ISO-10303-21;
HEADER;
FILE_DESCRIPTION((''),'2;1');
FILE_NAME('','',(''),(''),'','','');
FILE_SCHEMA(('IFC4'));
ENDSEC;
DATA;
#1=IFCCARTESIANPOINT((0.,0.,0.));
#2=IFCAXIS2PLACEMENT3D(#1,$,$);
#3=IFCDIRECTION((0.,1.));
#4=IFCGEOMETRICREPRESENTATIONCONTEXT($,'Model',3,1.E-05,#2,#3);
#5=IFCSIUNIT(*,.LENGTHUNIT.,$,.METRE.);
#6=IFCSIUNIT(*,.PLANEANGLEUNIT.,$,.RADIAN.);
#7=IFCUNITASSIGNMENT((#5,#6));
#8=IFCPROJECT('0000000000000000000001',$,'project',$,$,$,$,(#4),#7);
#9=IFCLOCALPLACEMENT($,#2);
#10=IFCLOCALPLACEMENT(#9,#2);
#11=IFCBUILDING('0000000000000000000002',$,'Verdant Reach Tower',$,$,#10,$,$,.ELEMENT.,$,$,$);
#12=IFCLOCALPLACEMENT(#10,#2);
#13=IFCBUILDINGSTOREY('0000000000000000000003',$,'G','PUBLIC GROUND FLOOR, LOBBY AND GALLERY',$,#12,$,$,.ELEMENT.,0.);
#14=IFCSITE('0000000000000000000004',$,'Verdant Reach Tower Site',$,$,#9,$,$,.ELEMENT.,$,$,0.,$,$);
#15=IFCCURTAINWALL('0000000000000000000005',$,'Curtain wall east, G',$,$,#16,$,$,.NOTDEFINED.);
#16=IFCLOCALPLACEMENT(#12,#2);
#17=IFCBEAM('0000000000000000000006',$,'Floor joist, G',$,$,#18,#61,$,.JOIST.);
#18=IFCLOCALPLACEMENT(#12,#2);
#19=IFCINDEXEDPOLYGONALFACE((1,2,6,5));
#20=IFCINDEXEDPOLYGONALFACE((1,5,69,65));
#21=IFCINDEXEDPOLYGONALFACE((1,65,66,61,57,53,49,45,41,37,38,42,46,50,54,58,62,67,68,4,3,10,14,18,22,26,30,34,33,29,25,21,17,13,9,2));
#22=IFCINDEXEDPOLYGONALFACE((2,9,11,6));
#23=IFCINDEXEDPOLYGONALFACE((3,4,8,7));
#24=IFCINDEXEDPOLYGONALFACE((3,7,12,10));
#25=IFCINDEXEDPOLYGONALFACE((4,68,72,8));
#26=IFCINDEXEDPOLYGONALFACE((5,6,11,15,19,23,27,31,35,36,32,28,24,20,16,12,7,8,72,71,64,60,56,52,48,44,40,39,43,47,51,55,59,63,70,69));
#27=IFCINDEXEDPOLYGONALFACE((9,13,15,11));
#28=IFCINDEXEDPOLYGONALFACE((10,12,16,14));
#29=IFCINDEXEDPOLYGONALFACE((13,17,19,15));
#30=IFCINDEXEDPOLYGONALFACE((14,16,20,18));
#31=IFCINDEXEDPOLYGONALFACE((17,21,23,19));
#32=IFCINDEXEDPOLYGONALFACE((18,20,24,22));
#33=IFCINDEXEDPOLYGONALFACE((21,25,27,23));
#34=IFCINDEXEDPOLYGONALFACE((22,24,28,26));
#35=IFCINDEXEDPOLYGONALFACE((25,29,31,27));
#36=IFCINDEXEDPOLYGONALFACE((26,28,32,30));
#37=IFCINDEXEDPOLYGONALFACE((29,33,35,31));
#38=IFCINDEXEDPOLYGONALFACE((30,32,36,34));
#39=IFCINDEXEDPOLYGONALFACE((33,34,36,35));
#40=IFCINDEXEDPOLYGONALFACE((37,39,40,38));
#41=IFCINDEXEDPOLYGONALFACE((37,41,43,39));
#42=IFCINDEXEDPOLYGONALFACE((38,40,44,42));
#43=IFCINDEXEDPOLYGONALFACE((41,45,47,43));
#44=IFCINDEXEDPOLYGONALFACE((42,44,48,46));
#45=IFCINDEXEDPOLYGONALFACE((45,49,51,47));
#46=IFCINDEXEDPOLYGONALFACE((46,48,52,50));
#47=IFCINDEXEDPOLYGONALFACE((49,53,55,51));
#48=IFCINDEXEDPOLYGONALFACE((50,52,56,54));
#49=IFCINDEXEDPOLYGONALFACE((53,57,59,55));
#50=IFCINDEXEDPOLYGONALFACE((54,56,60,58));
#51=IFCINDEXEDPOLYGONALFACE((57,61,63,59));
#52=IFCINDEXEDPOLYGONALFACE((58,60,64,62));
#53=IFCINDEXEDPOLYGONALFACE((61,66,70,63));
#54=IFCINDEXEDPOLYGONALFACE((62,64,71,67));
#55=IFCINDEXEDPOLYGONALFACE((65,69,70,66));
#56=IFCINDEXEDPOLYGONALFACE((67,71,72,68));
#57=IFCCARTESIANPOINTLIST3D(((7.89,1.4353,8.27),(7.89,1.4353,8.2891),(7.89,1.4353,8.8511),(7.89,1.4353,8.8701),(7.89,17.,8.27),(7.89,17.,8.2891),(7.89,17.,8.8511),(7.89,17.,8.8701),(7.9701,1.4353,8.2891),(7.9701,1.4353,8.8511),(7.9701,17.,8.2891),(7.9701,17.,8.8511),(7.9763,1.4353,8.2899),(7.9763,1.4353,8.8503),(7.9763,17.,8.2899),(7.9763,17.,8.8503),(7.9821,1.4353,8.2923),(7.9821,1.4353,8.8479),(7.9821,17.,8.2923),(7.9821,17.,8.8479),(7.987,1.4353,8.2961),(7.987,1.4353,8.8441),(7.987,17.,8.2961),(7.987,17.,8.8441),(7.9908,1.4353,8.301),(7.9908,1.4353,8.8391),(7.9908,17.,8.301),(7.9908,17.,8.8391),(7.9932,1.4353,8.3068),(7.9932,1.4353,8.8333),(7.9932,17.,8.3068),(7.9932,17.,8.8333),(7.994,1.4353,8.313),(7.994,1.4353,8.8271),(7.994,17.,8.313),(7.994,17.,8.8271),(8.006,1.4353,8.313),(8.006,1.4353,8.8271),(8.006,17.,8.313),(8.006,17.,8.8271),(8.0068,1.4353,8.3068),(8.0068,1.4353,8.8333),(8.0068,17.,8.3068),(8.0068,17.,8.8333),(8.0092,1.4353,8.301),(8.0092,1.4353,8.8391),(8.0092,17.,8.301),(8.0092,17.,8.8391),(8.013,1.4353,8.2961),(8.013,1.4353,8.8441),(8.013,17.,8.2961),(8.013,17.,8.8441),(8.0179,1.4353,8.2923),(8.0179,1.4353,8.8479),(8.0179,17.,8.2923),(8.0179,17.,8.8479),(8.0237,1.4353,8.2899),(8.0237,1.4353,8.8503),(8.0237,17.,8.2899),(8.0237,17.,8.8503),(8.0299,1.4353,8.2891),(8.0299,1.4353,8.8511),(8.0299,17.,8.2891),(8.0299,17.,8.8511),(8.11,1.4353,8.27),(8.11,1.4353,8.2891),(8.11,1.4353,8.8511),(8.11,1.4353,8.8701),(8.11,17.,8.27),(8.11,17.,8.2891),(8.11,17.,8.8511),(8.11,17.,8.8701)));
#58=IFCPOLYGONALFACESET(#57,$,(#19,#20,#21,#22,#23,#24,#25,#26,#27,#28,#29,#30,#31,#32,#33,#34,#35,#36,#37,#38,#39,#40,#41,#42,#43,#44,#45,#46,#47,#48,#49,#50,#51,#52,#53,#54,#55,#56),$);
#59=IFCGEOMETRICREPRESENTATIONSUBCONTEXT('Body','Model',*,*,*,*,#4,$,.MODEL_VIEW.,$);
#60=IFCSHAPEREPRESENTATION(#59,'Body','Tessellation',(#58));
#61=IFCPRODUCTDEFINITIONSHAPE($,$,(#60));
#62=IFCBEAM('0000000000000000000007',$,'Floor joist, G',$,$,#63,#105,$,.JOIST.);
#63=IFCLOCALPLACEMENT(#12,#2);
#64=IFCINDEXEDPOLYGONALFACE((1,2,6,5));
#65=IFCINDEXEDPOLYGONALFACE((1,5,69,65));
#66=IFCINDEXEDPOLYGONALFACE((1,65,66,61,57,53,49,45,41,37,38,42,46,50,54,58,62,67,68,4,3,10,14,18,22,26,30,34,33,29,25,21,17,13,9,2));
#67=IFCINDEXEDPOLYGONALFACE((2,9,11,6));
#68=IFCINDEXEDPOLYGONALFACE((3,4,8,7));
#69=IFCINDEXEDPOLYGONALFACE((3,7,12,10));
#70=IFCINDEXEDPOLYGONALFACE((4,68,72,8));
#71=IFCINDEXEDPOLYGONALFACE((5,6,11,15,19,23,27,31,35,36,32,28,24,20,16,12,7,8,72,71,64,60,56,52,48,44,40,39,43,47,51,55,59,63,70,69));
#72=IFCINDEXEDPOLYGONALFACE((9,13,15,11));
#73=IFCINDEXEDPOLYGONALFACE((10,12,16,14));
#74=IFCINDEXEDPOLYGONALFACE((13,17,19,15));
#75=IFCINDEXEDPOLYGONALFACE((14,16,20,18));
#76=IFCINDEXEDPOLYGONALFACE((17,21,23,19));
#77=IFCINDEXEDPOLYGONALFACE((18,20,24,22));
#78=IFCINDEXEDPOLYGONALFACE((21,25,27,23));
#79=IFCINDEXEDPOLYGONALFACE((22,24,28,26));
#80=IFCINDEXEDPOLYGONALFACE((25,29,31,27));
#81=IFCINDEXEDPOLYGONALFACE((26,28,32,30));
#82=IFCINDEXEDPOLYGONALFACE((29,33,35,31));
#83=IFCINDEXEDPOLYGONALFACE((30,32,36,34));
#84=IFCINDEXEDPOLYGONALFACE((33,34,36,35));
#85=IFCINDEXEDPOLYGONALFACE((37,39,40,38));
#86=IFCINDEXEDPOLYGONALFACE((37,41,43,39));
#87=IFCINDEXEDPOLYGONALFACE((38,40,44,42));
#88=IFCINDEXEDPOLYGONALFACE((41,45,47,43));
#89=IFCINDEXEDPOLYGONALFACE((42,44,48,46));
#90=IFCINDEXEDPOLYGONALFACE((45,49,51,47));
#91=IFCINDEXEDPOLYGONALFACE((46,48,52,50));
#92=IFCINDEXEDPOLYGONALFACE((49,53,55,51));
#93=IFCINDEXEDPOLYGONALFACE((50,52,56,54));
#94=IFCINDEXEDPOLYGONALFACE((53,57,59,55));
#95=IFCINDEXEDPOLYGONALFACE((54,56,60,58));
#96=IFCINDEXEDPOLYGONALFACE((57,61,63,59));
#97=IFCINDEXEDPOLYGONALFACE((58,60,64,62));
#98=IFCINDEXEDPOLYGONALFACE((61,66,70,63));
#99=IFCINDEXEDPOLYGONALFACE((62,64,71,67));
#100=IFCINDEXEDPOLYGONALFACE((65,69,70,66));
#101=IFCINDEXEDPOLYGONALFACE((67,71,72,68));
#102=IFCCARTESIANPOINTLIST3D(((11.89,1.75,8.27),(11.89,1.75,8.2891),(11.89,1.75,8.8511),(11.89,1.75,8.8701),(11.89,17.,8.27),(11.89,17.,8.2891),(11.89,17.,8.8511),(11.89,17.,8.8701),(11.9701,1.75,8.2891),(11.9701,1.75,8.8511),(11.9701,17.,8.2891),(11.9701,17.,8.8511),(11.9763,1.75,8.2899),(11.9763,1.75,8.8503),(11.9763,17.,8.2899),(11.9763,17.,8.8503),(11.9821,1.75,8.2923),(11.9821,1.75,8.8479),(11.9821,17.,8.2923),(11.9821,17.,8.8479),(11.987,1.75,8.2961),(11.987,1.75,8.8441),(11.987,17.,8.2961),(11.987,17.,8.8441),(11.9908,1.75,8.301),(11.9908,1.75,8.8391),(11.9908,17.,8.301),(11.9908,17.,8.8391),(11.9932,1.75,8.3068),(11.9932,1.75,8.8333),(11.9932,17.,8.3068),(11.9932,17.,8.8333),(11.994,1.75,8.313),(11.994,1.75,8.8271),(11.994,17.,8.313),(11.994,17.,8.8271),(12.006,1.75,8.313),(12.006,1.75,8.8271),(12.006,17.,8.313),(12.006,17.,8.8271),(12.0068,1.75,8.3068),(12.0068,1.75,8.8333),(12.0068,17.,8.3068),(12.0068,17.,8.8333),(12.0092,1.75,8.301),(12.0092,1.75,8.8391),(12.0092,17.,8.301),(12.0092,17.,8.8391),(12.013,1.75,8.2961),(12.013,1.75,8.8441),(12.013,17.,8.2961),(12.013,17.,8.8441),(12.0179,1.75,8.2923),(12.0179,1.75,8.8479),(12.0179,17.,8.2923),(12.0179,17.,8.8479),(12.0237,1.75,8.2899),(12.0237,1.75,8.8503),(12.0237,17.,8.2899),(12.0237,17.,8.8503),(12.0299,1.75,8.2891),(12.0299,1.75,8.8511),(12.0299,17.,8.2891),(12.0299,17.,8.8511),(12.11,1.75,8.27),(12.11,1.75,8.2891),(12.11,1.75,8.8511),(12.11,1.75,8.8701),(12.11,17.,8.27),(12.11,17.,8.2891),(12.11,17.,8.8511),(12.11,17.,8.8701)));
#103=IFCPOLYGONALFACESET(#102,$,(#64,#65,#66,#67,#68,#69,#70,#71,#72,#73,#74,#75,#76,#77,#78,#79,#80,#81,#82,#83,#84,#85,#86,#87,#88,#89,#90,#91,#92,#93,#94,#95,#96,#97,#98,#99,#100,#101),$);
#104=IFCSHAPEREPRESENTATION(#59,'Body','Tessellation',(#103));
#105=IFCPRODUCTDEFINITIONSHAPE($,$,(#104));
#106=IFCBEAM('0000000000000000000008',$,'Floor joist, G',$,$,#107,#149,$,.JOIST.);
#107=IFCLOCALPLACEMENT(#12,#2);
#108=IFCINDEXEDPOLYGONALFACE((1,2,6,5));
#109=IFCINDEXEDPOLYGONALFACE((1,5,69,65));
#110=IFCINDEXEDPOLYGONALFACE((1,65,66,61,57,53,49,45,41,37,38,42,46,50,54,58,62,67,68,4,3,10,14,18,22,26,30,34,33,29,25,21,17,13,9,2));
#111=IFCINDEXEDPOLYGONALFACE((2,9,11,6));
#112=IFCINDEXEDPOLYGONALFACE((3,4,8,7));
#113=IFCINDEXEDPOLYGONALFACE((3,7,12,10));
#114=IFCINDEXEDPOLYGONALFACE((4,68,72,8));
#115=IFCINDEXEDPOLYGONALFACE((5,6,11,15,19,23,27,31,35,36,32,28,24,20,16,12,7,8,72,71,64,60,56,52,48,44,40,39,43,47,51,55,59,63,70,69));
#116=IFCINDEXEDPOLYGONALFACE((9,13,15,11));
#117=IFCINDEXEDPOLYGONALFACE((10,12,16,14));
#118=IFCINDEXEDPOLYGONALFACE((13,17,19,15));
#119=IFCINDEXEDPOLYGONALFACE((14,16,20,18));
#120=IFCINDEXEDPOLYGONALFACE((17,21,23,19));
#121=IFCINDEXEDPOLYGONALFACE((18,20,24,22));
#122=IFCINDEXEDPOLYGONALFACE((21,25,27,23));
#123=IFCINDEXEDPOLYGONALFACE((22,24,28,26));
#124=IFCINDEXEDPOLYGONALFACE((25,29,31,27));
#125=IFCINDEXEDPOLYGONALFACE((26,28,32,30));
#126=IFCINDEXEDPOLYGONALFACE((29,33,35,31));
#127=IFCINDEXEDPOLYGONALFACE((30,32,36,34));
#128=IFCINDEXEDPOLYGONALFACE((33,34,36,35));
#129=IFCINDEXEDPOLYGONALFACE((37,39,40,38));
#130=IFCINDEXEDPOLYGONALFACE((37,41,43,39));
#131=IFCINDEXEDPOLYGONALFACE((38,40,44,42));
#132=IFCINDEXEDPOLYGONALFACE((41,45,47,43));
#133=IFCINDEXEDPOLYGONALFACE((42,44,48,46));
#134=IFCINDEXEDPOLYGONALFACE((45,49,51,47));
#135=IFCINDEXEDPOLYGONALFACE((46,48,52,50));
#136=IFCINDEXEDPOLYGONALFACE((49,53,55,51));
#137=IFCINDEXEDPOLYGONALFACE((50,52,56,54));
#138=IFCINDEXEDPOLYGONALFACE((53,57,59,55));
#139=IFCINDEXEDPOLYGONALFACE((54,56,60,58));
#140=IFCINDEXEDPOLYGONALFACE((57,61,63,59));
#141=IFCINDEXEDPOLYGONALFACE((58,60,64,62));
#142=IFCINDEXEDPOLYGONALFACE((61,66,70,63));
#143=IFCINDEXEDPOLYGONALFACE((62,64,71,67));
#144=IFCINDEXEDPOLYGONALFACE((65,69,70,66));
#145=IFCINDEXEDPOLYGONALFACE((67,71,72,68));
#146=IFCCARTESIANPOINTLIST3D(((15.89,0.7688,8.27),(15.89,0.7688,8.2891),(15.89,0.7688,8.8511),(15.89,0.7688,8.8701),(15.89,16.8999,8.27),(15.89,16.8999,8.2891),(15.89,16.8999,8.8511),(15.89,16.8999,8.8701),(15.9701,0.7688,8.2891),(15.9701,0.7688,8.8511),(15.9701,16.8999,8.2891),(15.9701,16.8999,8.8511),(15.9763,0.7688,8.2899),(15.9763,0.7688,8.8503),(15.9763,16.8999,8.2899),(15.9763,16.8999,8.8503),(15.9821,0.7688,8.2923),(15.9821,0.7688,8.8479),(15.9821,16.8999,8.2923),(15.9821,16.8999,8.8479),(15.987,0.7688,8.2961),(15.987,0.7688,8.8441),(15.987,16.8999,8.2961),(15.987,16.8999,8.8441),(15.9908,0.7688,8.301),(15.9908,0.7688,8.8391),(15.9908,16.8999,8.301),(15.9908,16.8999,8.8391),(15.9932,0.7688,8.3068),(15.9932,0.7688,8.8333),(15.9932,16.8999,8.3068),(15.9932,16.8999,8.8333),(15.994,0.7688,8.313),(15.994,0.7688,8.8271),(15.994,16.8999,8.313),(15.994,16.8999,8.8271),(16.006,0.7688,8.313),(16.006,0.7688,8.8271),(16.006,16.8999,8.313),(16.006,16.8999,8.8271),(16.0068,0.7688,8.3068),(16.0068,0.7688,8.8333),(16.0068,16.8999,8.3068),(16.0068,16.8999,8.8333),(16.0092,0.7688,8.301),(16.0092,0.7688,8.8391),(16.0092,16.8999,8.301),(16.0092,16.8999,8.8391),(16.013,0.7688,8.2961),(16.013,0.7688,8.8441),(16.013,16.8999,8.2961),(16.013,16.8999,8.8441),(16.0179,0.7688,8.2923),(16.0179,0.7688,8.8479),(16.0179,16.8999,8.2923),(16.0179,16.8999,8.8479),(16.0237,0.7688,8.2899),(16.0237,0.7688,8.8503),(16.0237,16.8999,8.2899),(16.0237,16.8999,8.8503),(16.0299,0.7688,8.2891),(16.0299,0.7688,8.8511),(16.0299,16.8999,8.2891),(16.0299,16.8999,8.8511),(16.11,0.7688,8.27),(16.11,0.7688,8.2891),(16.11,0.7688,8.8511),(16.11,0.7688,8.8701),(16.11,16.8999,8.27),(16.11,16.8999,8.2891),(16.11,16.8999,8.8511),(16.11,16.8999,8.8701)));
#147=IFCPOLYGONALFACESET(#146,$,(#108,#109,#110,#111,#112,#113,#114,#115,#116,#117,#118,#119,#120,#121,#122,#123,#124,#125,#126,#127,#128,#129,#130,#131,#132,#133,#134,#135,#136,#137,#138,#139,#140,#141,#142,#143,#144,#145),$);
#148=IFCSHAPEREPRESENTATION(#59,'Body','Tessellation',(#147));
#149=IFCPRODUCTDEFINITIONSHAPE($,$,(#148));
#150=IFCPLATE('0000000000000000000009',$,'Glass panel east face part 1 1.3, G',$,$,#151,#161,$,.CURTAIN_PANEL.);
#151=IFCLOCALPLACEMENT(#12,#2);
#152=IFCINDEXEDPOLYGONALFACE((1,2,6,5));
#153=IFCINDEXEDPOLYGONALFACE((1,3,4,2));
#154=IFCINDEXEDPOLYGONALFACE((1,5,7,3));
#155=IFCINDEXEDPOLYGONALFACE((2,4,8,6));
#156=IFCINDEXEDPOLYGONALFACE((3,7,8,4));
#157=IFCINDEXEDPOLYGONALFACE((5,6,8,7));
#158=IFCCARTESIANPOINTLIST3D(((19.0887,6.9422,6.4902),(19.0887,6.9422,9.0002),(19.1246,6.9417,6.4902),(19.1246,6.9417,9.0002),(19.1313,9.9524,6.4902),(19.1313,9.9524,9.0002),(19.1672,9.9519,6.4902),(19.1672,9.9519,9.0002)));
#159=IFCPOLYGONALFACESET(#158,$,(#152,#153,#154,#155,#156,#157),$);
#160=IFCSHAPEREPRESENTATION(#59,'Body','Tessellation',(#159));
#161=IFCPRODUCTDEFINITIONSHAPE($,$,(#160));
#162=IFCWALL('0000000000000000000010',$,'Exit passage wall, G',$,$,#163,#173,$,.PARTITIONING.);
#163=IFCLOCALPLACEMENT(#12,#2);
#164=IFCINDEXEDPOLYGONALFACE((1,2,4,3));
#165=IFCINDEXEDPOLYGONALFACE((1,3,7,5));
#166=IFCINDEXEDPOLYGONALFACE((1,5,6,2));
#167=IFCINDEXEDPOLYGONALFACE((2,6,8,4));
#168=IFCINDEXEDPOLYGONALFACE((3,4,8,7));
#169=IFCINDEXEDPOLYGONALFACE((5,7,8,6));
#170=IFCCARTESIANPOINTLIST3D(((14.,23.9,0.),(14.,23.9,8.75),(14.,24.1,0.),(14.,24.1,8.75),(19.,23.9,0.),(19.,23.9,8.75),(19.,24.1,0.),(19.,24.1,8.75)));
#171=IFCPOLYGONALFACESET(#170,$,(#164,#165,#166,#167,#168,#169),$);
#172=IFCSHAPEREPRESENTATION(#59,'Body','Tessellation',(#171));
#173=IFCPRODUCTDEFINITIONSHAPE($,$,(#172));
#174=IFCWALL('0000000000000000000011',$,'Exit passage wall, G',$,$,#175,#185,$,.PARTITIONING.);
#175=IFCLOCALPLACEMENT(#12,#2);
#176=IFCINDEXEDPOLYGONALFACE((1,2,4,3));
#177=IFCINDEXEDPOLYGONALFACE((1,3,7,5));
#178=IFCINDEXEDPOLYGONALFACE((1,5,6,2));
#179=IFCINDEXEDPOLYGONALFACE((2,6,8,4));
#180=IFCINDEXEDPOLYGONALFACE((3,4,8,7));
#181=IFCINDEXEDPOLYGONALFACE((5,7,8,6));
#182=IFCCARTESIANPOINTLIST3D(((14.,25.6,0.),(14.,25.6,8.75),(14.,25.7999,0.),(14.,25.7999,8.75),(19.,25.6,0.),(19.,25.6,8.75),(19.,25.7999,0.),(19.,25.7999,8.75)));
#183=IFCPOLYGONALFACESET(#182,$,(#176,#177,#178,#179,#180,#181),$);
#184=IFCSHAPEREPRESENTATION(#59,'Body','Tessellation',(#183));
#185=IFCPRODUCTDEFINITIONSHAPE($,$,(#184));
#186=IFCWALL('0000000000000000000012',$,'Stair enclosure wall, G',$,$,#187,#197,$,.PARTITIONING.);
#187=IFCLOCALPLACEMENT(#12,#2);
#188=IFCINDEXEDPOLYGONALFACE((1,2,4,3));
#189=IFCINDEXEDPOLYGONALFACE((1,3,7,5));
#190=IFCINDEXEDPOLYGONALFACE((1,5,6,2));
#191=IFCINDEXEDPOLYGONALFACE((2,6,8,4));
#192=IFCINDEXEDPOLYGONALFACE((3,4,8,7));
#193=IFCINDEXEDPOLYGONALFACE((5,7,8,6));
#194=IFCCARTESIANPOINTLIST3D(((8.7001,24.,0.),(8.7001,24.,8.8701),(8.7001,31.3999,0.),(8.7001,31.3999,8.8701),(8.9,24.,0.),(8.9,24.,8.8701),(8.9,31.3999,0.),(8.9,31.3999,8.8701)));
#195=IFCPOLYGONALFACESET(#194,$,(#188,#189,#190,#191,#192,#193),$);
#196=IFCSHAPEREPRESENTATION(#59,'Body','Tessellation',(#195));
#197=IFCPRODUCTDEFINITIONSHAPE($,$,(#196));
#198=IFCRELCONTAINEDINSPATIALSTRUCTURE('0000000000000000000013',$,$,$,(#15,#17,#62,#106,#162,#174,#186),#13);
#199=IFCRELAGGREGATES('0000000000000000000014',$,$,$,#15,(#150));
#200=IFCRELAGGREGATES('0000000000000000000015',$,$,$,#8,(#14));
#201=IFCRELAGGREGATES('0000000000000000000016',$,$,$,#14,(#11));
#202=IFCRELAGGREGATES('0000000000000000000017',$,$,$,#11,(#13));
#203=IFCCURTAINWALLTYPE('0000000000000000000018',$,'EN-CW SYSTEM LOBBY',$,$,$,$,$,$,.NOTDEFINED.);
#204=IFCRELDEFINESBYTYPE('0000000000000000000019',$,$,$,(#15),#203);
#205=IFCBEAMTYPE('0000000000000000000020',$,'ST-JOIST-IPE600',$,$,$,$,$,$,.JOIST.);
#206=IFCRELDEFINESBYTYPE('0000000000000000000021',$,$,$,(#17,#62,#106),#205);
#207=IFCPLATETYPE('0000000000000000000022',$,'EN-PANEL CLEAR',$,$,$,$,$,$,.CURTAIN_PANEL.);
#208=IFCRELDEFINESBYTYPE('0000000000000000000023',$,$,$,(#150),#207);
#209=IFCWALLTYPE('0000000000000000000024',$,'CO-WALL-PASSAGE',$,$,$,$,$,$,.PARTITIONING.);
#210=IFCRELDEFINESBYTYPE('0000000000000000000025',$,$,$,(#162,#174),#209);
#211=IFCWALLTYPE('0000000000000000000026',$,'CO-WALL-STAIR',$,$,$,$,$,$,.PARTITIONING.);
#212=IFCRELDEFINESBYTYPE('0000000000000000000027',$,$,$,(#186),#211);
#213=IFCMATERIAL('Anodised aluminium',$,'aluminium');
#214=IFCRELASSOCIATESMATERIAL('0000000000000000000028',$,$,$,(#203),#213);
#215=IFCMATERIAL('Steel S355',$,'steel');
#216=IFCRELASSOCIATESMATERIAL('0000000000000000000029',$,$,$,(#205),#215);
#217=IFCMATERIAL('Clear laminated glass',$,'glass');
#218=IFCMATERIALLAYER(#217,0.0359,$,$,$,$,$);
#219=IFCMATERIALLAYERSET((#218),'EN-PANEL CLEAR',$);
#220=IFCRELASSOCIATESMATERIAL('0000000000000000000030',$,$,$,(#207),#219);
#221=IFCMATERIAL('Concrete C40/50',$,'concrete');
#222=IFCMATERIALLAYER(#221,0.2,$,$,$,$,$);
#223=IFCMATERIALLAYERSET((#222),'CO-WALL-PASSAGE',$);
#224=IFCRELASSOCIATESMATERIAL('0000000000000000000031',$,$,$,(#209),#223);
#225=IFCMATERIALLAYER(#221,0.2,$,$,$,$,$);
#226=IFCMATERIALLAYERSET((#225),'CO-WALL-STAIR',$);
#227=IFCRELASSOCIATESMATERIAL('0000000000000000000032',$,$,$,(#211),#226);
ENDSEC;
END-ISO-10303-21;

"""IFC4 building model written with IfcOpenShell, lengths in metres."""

from ifc_helpers import new_model, si_unit, direction, frame, frame_2d, origin, origin_2d, place, context, subcontext, project, spatial, rectangle, i_section, extrude, material, layer, layer_set, material_profile, profile_set, type_object, element, aggregate, save


model = new_model("IFC4")

# Units and contexts
model_context = context("Model", 3, precision=1e-05, world=origin(), true_north=direction((0.0, 1.0)))
body_context = subcontext(model_context, "Body", "Model", "MODEL_VIEW")
ifc_project = project(units=[si_unit("LENGTHUNIT", "METRE"), si_unit("PLANEANGLEUNIT", "RADIAN")], contexts=[model_context])

# Site, building, storey
site_placement = place(None, origin())
site = spatial("IfcSite", under=ifc_project, at=site_placement, Name="Verdant Reach Tower Site", CompositionType="ELEMENT", RefElevation=0.0)
building_placement = place(site_placement, origin())
building = spatial("IfcBuilding", under=site, at=building_placement, Name="Verdant Reach Tower", CompositionType="ELEMENT")
storey_placement = place(building_placement, origin())
storey = spatial("IfcBuildingStorey", under=building, at=storey_placement, Name="G", Description="PUBLIC GROUND FLOOR, LOBBY AND GALLERY", CompositionType="ELEMENT", Elevation=0.0)

# Curtain wall
ifc_material_1 = material(Name="Anodised aluminium", Category="aluminium")
curtain_wall_type = type_object("IfcCurtainWallType", Name="EN-CW SYSTEM LOBBY", PredefinedType="NOTDEFINED", material=ifc_material_1)
curtain_wall_placement = place(storey_placement, origin())
curtain_wall = element("IfcCurtainWall", 1, at=curtain_wall_placement, inside=storey, type_object=curtain_wall_type, Name="Curtain wall east, G", PredefinedType="NOTDEFINED")

# Beams
ifc_material_2 = material(Name="Steel S355", Category="steel")
ifc_material_profile_1 = material_profile(ifc_material_2, i_section(OverallWidth=0.22, OverallDepth=0.6001, WebThickness=0.012, FlangeThickness=0.019, FilletRadius=0.0239, at=origin_2d()), Name="IPE 600")
ifc_profile_set_1 = profile_set([ifc_material_profile_1], Name="Steel S355")
beam_type_1 = type_object("IfcBeamType", Name="ST-JOIST-IPE600", PredefinedType="JOIST", material=ifc_profile_set_1)
beam_1_placement = place(storey_placement, frame((8.0, 17.0, 8.5701), z_axis=(0.0, -1.0, 0.0), x_axis=(1.0, 0.0, 0.0)))
element("IfcBeam", 2, at=beam_1_placement, inside=storey, type_object=beam_type_1, Name="Floor joist, G", PredefinedType="JOIST", context=body_context, shape_type="SweptSolid", body=[
    extrude(i_section(OverallWidth=0.22, OverallDepth=0.6001, WebThickness=0.012, FlangeThickness=0.019, FilletRadius=0.0239, at=origin_2d()), origin(), (0.0, 0.0, 1.0), 15.5647),
])
beam_2_placement = place(storey_placement, frame((12.0, 17.0, 8.5701), z_axis=(0.0, -1.0, 0.0), x_axis=(1.0, 0.0, 0.0)))
element("IfcBeam", 3, at=beam_2_placement, inside=storey, type_object=beam_type_1, Name="Floor joist, G", PredefinedType="JOIST", context=body_context, shape_type="SweptSolid", body=[
    extrude(i_section(OverallWidth=0.22, OverallDepth=0.6001, WebThickness=0.012, FlangeThickness=0.019, FilletRadius=0.0239, at=origin_2d()), origin(), (0.0, 0.0, 1.0), 15.25),
])
beam_3_placement = place(storey_placement, frame((16.0, 16.8999, 8.5701), z_axis=(0.0, -1.0, 0.0), x_axis=(1.0, 0.0, 0.0)))
element("IfcBeam", 4, at=beam_3_placement, inside=storey, type_object=beam_type_1, Name="Floor joist, G", PredefinedType="JOIST", context=body_context, shape_type="SweptSolid", body=[
    extrude(i_section(OverallWidth=0.22, OverallDepth=0.6001, WebThickness=0.012, FlangeThickness=0.019, FilletRadius=0.0239, at=origin_2d()), origin(), (0.0, 0.0, 1.0), 16.1311),
])

# Plate
ifc_material_3 = material(Name="Clear laminated glass", Category="glass")
ifc_layer_1 = layer(ifc_material_3, 0.0359)
ifc_layer_set_1 = layer_set([ifc_layer_1], Name="EN-PANEL CLEAR")
plate_type = type_object("IfcPlateType", Name="EN-PANEL CLEAR", PredefinedType="CURTAIN_PANEL", material=ifc_layer_set_1)
plate_placement = place(storey_placement, frame((19.1279, 8.447, 6.4902), z_axis=(0.0, 0.0, 1.0), x_axis=(0.014143, 0.9999, 0.0)))
plate = element("IfcPlate", 5, at=plate_placement, type_object=plate_type, Name="Glass panel east face part 1 1.3, G", PredefinedType="CURTAIN_PANEL", context=body_context, shape_type="SweptSolid", body=[
    extrude(rectangle(XDim=3.0105, YDim=0.0359, at=origin_2d()), origin(), (0.0, 0.0, 1.0), 2.51),
])
aggregate(curtain_wall, [plate])

# Walls
ifc_material_4 = material(Name="Concrete C40/50", Category="concrete")
ifc_layer_2 = layer(ifc_material_4, 0.2)
ifc_layer_set_2 = layer_set([ifc_layer_2], Name="CO-WALL-PASSAGE")
wall_type_1 = type_object("IfcWallType", Name="CO-WALL-PASSAGE", PredefinedType="PARTITIONING", material=ifc_layer_set_2)
for number, where, z_axis, x_axis, name in (
    (6, (14.0, 24.0, 0.0), (0.0, 0.0, 1.0), (1.0, 0.0, 0.0), "Exit passage wall, G"),
    (7, (14.0, 25.7, 0.0), (0.0, 0.0, 1.0), (1.0, 0.0, 0.0), "Exit passage wall, G"),
):
    element("IfcWall", number, at=place(storey_placement, frame(where, z_axis=z_axis, x_axis=x_axis)), inside=storey, type_object=wall_type_1, Name=name, PredefinedType="PARTITIONING", context=body_context, shape_type="SweptSolid", body=[
        extrude(rectangle(XDim=5.0, YDim=0.2, at=frame_2d((2.5, 0.0))), origin(), (0.0, 0.0, 1.0), 8.75),
    ])
ifc_layer_3 = layer(ifc_material_4, 0.2)
ifc_layer_set_3 = layer_set([ifc_layer_3], Name="CO-WALL-STAIR")
wall_type_2 = type_object("IfcWallType", Name="CO-WALL-STAIR", PredefinedType="PARTITIONING", material=ifc_layer_set_3)
wall_1_placement = place(storey_placement, frame((8.8, 24.0, 0.0), z_axis=(0.0, 0.0, 1.0), x_axis=(0.0, 1.0, 0.0)))
element("IfcWall", 8, at=wall_1_placement, inside=storey, type_object=wall_type_2, Name="Stair enclosure wall, G", PredefinedType="PARTITIONING", context=body_context, shape_type="SweptSolid", body=[
    extrude(rectangle(XDim=7.3999, YDim=0.2, at=frame_2d((3.7, 0.0))), origin(), (0.0, 0.0, 1.0), 8.8701),
])

save(model, "model.ifc")
